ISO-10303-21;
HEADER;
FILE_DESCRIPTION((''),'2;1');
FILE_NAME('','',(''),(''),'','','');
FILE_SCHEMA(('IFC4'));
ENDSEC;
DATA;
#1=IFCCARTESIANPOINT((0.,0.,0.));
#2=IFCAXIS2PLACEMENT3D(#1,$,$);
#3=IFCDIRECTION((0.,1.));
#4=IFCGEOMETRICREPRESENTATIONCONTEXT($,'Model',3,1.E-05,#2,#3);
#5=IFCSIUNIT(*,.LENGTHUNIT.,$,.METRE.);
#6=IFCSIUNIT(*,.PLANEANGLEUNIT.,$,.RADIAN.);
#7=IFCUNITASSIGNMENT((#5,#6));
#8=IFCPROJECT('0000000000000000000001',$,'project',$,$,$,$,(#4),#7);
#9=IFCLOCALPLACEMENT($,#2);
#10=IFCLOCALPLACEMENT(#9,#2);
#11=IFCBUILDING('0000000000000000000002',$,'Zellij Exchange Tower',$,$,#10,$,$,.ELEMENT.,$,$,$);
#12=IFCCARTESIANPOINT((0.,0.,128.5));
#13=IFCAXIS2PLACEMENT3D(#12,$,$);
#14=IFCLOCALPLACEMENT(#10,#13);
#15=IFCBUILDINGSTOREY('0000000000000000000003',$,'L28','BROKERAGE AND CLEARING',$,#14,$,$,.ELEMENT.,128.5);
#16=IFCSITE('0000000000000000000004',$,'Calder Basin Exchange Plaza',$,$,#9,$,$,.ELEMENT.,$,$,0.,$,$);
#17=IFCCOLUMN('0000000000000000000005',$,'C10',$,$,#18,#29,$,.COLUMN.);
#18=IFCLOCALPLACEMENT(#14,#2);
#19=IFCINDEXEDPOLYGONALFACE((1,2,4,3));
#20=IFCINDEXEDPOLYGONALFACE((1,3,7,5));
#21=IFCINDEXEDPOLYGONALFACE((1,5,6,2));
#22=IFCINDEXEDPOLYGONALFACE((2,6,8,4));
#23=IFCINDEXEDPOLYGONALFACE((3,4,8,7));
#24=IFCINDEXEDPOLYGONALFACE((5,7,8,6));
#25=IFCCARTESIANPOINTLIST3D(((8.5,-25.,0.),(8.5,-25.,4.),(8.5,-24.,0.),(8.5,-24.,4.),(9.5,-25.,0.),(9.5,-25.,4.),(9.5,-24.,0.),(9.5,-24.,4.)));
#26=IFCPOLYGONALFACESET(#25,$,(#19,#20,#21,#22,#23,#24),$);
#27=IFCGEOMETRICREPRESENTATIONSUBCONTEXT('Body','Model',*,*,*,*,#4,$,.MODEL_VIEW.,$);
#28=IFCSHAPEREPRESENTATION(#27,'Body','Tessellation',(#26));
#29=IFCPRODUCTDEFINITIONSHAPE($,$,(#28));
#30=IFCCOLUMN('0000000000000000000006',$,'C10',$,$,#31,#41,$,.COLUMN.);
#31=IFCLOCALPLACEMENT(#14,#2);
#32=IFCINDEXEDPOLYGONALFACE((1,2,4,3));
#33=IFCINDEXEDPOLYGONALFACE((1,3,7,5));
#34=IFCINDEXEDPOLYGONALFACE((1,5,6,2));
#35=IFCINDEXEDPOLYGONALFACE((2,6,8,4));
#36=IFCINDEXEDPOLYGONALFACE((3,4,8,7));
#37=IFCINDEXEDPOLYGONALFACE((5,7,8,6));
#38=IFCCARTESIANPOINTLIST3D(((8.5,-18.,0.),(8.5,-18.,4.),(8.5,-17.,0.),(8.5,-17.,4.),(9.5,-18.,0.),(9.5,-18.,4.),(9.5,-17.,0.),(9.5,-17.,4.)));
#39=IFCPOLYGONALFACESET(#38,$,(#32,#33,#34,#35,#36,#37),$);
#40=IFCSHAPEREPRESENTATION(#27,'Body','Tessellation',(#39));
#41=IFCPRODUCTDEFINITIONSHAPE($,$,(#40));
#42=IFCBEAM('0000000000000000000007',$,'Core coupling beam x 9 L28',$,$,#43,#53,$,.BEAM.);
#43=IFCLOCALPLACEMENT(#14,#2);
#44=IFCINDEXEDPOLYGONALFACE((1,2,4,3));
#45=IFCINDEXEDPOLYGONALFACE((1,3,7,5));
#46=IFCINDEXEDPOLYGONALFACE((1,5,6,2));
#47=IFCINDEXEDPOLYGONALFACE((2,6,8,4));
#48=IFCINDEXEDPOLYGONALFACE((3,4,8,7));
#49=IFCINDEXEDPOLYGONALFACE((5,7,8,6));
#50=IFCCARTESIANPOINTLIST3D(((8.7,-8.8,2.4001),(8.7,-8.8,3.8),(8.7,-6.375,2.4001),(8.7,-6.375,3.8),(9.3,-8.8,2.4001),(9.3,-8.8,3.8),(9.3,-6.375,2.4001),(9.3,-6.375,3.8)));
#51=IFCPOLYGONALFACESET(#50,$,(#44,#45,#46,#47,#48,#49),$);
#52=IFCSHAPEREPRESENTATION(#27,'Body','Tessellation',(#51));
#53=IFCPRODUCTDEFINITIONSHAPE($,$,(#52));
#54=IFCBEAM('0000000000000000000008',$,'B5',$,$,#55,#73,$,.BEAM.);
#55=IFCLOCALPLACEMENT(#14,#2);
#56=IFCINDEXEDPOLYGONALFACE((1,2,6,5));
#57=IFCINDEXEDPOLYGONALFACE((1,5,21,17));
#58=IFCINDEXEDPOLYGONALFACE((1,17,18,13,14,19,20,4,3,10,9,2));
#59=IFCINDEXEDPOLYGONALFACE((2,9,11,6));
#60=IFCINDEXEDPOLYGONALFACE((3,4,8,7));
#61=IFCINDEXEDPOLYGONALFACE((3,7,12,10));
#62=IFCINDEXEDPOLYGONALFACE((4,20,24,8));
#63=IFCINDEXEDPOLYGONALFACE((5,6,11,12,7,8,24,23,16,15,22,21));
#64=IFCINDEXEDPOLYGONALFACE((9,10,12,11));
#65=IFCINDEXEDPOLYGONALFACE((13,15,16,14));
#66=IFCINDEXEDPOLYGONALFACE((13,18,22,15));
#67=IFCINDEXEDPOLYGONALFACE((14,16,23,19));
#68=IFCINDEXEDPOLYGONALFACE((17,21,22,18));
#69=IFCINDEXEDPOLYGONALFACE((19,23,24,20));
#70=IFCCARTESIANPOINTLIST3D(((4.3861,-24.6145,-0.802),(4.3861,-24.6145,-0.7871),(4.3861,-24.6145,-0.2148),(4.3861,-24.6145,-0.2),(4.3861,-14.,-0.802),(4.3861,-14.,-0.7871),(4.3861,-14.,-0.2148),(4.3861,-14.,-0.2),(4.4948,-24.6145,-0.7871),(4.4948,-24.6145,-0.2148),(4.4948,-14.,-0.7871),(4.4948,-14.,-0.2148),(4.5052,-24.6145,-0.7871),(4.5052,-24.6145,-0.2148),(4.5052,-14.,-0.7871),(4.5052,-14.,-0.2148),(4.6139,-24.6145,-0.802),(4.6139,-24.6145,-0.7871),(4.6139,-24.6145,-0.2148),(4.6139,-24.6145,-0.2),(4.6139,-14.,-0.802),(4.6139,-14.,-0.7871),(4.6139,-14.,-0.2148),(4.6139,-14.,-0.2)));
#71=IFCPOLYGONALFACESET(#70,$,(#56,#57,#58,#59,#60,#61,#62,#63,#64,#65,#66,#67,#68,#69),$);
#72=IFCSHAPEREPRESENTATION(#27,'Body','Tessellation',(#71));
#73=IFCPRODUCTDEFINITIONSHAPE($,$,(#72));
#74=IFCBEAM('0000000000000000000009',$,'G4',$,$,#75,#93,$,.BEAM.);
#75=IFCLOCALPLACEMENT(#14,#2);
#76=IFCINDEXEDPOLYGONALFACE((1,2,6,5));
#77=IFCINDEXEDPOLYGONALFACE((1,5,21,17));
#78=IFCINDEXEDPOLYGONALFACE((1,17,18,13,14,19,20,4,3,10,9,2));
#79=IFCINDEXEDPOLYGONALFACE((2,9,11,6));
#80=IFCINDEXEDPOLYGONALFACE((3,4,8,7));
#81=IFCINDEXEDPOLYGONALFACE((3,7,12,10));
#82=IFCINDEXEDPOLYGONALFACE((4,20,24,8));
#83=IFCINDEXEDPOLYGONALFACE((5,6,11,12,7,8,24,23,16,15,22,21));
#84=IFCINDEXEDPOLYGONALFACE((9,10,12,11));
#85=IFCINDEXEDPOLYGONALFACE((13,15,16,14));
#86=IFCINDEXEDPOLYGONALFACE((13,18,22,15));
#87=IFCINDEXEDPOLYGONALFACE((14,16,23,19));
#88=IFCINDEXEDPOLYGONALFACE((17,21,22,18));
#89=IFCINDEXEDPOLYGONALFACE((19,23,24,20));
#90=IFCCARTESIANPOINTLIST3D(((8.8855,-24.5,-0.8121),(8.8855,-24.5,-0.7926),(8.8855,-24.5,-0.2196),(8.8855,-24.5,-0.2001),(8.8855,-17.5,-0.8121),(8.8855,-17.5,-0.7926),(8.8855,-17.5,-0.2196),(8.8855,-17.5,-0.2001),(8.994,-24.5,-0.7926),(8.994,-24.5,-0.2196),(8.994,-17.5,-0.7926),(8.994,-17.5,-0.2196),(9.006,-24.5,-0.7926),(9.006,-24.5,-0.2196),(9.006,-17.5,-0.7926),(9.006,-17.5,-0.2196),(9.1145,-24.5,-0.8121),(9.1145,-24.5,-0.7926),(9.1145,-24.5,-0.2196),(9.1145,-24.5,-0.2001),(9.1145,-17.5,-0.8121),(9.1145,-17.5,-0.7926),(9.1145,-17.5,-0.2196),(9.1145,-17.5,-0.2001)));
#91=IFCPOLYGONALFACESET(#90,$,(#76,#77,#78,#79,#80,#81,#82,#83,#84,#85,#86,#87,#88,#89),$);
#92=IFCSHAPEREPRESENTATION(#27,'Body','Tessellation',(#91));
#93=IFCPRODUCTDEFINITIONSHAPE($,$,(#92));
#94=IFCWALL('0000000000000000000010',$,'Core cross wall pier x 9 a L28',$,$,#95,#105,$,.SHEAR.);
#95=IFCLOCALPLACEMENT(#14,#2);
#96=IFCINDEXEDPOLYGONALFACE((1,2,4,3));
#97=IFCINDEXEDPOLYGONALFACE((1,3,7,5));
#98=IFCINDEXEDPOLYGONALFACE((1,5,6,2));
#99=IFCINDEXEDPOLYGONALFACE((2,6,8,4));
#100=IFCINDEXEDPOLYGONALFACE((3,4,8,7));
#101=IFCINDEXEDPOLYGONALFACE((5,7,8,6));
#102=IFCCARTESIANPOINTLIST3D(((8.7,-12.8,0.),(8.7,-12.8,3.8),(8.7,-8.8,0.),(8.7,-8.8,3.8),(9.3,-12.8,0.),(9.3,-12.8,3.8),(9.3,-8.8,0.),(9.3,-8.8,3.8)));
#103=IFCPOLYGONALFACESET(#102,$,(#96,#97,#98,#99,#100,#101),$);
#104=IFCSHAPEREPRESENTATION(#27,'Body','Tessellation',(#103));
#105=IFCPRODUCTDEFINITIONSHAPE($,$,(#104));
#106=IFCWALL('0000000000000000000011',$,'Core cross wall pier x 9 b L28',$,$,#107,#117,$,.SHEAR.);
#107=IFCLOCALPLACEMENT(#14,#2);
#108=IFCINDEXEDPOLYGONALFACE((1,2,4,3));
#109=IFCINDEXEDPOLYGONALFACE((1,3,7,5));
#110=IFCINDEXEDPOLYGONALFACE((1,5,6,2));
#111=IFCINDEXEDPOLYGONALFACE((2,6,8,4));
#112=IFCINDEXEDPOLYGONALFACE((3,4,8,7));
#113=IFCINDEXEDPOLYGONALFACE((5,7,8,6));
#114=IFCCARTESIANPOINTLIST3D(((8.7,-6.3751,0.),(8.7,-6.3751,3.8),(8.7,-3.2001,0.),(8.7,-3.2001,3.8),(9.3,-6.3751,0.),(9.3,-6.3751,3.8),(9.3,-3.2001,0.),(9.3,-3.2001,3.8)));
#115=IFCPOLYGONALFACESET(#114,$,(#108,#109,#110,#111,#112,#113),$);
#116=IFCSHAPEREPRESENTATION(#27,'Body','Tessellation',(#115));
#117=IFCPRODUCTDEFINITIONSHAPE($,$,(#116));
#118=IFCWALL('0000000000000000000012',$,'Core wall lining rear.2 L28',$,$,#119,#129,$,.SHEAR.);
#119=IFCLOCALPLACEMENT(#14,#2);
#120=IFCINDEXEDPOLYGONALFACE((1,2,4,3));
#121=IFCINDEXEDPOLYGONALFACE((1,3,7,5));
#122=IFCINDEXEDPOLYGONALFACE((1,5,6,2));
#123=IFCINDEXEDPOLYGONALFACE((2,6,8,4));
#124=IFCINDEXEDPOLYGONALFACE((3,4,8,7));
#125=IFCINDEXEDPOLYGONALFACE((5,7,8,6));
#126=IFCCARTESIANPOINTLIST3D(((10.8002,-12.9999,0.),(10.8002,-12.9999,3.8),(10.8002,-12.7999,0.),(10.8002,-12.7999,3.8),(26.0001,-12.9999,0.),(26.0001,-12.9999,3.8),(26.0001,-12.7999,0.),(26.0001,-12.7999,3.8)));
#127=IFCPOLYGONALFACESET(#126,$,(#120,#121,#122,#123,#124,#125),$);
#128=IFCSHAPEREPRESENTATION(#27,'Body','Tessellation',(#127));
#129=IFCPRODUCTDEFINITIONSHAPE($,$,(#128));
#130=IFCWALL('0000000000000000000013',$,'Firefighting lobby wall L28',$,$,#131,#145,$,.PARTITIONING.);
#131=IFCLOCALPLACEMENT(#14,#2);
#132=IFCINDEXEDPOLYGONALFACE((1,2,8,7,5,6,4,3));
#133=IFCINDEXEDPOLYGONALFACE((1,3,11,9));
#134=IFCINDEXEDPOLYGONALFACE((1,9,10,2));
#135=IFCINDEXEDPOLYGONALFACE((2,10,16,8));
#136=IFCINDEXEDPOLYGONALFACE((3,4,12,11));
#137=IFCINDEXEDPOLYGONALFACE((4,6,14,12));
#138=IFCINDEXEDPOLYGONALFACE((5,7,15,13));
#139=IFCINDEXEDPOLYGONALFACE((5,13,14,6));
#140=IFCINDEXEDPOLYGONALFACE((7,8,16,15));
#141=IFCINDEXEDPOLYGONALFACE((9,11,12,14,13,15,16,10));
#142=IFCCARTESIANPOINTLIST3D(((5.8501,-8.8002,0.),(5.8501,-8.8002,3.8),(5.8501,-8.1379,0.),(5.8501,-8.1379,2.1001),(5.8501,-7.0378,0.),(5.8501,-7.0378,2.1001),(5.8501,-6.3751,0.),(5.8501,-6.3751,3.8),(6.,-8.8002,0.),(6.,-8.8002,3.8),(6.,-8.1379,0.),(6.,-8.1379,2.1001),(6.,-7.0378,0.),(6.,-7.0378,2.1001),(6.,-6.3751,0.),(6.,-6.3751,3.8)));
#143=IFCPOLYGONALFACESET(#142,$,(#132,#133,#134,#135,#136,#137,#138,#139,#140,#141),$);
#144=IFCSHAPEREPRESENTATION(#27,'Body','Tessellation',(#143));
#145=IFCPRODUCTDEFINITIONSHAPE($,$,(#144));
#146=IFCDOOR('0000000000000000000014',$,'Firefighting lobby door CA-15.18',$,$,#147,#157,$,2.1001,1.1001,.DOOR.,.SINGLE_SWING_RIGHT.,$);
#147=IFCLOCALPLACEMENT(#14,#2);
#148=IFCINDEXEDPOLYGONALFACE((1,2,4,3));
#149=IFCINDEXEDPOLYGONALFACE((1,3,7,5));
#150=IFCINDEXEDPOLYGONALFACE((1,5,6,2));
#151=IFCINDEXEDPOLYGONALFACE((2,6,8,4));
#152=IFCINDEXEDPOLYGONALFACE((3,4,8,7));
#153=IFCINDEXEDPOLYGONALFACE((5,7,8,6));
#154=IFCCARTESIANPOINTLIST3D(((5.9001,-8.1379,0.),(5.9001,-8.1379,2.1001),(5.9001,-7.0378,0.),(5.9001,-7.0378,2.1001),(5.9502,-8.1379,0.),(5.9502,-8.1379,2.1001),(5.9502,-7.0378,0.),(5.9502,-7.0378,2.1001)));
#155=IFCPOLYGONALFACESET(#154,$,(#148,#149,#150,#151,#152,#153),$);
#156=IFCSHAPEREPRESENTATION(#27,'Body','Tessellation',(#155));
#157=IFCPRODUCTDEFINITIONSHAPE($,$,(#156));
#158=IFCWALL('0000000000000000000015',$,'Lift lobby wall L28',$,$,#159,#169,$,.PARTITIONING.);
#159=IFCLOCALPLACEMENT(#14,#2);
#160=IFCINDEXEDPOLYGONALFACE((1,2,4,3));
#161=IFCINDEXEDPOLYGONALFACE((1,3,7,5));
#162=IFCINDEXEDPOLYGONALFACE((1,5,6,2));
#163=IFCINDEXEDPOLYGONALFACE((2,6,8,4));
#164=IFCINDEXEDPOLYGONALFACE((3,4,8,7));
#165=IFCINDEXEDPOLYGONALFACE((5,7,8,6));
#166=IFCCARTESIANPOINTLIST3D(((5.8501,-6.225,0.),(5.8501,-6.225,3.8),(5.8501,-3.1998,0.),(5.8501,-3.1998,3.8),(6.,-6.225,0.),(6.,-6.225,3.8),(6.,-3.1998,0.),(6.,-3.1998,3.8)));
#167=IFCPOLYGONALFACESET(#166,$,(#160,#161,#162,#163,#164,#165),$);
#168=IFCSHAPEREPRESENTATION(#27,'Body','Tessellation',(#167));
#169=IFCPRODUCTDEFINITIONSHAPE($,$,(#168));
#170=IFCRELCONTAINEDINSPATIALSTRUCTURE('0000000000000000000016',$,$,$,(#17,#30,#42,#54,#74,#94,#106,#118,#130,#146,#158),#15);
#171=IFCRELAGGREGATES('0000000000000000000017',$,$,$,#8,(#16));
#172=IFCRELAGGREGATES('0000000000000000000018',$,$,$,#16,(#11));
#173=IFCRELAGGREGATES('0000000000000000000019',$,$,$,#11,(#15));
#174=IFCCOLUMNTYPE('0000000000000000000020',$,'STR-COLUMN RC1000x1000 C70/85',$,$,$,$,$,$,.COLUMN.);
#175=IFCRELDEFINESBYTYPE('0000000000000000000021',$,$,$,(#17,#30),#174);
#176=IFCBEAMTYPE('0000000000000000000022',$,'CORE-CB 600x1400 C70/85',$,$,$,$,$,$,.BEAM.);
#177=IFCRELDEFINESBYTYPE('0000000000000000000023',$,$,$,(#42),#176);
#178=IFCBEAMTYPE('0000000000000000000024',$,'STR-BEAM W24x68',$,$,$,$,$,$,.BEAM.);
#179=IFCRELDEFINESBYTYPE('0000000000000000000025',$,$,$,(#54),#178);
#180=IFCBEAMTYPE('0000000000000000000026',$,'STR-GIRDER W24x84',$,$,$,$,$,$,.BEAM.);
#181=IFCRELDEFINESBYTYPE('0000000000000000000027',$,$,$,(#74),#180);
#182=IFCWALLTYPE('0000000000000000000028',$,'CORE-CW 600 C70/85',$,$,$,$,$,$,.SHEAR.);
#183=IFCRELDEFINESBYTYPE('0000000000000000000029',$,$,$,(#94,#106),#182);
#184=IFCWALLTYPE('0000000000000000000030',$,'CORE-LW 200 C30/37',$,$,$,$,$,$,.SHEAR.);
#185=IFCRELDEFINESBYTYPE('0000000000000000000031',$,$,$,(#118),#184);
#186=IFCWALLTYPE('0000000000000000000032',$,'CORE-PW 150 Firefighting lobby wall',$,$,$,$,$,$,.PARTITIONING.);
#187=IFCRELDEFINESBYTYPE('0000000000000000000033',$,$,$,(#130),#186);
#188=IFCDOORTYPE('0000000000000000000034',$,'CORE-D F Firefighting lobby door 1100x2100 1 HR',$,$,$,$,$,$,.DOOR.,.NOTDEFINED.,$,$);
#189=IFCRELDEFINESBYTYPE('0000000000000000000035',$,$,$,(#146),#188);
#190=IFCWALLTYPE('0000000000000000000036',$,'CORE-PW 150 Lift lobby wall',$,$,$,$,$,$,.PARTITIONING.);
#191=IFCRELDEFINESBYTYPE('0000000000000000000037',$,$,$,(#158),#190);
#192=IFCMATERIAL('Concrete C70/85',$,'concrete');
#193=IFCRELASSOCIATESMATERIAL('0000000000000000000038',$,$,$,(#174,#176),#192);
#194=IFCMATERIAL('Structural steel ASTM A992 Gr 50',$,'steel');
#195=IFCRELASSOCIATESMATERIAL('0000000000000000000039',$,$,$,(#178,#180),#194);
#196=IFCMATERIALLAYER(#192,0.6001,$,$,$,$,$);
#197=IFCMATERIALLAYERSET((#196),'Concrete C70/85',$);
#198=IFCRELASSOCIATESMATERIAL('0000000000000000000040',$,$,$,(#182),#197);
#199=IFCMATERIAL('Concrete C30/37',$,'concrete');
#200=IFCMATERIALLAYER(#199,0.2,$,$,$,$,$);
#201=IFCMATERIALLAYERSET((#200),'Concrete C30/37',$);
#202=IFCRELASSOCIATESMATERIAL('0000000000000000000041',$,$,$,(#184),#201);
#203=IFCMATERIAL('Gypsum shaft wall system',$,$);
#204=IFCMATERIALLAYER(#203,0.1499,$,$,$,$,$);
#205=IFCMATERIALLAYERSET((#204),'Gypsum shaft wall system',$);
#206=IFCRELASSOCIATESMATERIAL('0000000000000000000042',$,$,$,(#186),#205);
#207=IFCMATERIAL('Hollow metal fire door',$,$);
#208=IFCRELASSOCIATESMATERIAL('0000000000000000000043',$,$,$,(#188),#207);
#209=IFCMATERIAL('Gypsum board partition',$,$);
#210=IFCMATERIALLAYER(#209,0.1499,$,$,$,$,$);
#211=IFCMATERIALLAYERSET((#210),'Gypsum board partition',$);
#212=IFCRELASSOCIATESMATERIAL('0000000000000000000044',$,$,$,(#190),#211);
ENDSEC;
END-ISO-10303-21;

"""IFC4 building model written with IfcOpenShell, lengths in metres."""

from ifc_helpers import new_model, si_unit, direction, frame, frame_2d, origin, origin_2d, place, context, subcontext, project, spatial, rectangle, i_section, extrude, material, layer, layer_set, material_profile, profile_set, type_object, element, fill, save


model = new_model("IFC4")

# Units and contexts
model_context = context("Model", 3, precision=1e-05, world=origin(), true_north=direction((0.0, 1.0)))
body_context = subcontext(model_context, "Body", "Model", "MODEL_VIEW")
ifc_project = project(units=[si_unit("LENGTHUNIT", "METRE"), si_unit("PLANEANGLEUNIT", "RADIAN")], contexts=[model_context])

# Site, building, storey
site_placement = place(None, origin())
site = spatial("IfcSite", under=ifc_project, at=site_placement, Name="Calder Basin Exchange Plaza", CompositionType="ELEMENT", RefElevation=0.0)
building_placement = place(site_placement, origin())
building = spatial("IfcBuilding", under=site, at=building_placement, Name="Zellij Exchange Tower", CompositionType="ELEMENT")
storey_placement = place(building_placement, frame((0.0, 0.0, 128.5)))
storey = spatial("IfcBuildingStorey", under=building, at=storey_placement, Name="L28", Description="BROKERAGE AND CLEARING", CompositionType="ELEMENT", Elevation=128.5)

# Columns
ifc_material_1 = material(Name="Concrete C70/85", Category="concrete")
ifc_material_profile_1 = material_profile(ifc_material_1, rectangle(XDim=1.0, YDim=1.0, at=origin_2d()), Name="STR-COLUMN RC1000x1000 C70/85")
ifc_profile_set_1 = profile_set([ifc_material_profile_1], Name="Concrete C70/85")
column_type = type_object("IfcColumnType", Name="STR-COLUMN RC1000x1000 C70/85", PredefinedType="COLUMN", material=ifc_profile_set_1)
for number, where, z_axis, x_axis, name in (
    (1, (9.0, -24.5, 0.0), (0.0, 0.0, 1.0), (1.0, 0.0, 0.0), "C10"),
    (2, (9.0, -17.5, 0.0), (0.0, 0.0, 1.0), (1.0, 0.0, 0.0), "C10"),
):
    element("IfcColumn", number, at=place(storey_placement, frame(where, z_axis=z_axis, x_axis=x_axis)), inside=storey, type_object=column_type, Name=name, PredefinedType="COLUMN", context=body_context, shape_type="SweptSolid", body=[
        extrude(rectangle(XDim=1.0, YDim=1.0, at=origin_2d()), origin(), (0.0, 0.0, 1.0), 4.0),
    ])

# Beams
ifc_material_profile_2 = material_profile(ifc_material_1, rectangle(XDim=0.6001, YDim=1.3999, at=origin_2d()), Name="CORE-CB 600x1400 C70/85")
ifc_profile_set_2 = profile_set([ifc_material_profile_2], Name="Concrete C70/85")
beam_type_1 = type_object("IfcBeamType", Name="CORE-CB 600x1400 C70/85", PredefinedType="BEAM", material=ifc_profile_set_2)
beam_1_placement = place(storey_placement, frame((9.0, -8.8, 3.1001), z_axis=(0.0, 1.0, 0.0), x_axis=(-1.0, 0.0, 0.0)))
element("IfcBeam", 3, at=beam_1_placement, inside=storey, type_object=beam_type_1, Name="Core coupling beam x 9 L28", PredefinedType="BEAM", context=body_context, shape_type="SweptSolid", body=[
    extrude(rectangle(XDim=0.6001, YDim=1.3999, at=origin_2d()), origin(), (0.0, 0.0, 1.0), 2.425),
])
ifc_material_2 = material(Name="Structural steel ASTM A992 Gr 50", Category="steel")
ifc_material_profile_3 = material_profile(ifc_material_2, i_section(OverallWidth=0.2278, OverallDepth=0.6021, WebThickness=0.0105, FlangeThickness=0.0149, at=origin_2d()), Name="W24x68")
ifc_profile_set_3 = profile_set([ifc_material_profile_3], Name="Structural steel ASTM A992 Gr 50")
beam_type_2 = type_object("IfcBeamType", Name="STR-BEAM W24x68", PredefinedType="BEAM", material=ifc_profile_set_3)
beam_2_placement = place(storey_placement, frame((4.5, -24.6145, -0.501), z_axis=(0.0, 1.0, 0.0), x_axis=(-1.0, 0.0, 0.0)))
element("IfcBeam", 4, at=beam_2_placement, inside=storey, type_object=beam_type_2, Name="B5", PredefinedType="BEAM", context=body_context, shape_type="SweptSolid", body=[
    extrude(i_section(OverallWidth=0.2278, OverallDepth=0.6021, WebThickness=0.0105, FlangeThickness=0.0149, at=origin_2d()), origin(), (0.0, 0.0, 1.0), 10.6145),
])
ifc_material_profile_4 = material_profile(ifc_material_2, i_section(OverallWidth=0.229, OverallDepth=0.6121, WebThickness=0.012, FlangeThickness=0.0195, at=origin_2d()), Name="W24x84")
ifc_profile_set_4 = profile_set([ifc_material_profile_4], Name="Structural steel ASTM A992 Gr 50")
beam_type_3 = type_object("IfcBeamType", Name="STR-GIRDER W24x84", PredefinedType="BEAM", material=ifc_profile_set_4)
beam_3_placement = place(storey_placement, frame((9.0, -24.5, -0.5061), z_axis=(0.0, 1.0, 0.0), x_axis=(-1.0, 0.0, 0.0)))
element("IfcBeam", 5, at=beam_3_placement, inside=storey, type_object=beam_type_3, Name="G4", PredefinedType="BEAM", context=body_context, shape_type="SweptSolid", body=[
    extrude(i_section(OverallWidth=0.229, OverallDepth=0.6121, WebThickness=0.012, FlangeThickness=0.0195, at=origin_2d()), origin(), (0.0, 0.0, 1.0), 7.0),
])

# Walls
ifc_layer_1 = layer(ifc_material_1, 0.6001)
ifc_layer_set_1 = layer_set([ifc_layer_1], Name="Concrete C70/85")
wall_type_1 = type_object("IfcWallType", Name="CORE-CW 600 C70/85", PredefinedType="SHEAR", material=ifc_layer_set_1)
wall_1_placement = place(storey_placement, frame((9.0, -12.8, 0.0), z_axis=(0.0, 0.0, 1.0), x_axis=(0.0, 1.0, 0.0)))
element("IfcWall", 6, at=wall_1_placement, inside=storey, type_object=wall_type_1, Name="Core cross wall pier x 9 a L28", PredefinedType="SHEAR", context=body_context, shape_type="SweptSolid", body=[
    extrude(rectangle(XDim=4.0, YDim=0.6001, at=frame_2d((2.0, 0.0))), origin(), (0.0, 0.0, 1.0), 3.8),
])
wall_2_placement = place(storey_placement, frame((9.0, -6.375, 0.0), z_axis=(0.0, 0.0, 1.0), x_axis=(0.0, 1.0, 0.0)))
element("IfcWall", 7, at=wall_2_placement, inside=storey, type_object=wall_type_1, Name="Core cross wall pier x 9 b L28", PredefinedType="SHEAR", context=body_context, shape_type="SweptSolid", body=[
    extrude(rectangle(XDim=3.175, YDim=0.6001, at=frame_2d((1.5874, 0.0))), origin(), (0.0, 0.0, 1.0), 3.8),
])
ifc_material_3 = material(Name="Concrete C30/37", Category="concrete")
ifc_layer_2 = layer(ifc_material_3, 0.2)
ifc_layer_set_2 = layer_set([ifc_layer_2], Name="Concrete C30/37")
wall_type_2 = type_object("IfcWallType", Name="CORE-LW 200 C30/37", PredefinedType="SHEAR", material=ifc_layer_set_2)
wall_3_placement = place(storey_placement, frame((10.8, -12.8999, 0.0), z_axis=(0.0, 0.0, 1.0), x_axis=(1.0, 0.0, 0.0)))
element("IfcWall", 8, at=wall_3_placement, inside=storey, type_object=wall_type_2, Name="Core wall lining rear.2 L28", PredefinedType="SHEAR", context=body_context, shape_type="SweptSolid", body=[
    extrude(rectangle(XDim=15.2, YDim=0.2, at=frame_2d((7.6001, 0.0))), origin(), (0.0, 0.0, 1.0), 3.8),
])

# Wall, opening, door
ifc_material_4 = material(Name="Gypsum shaft wall system")
ifc_layer_3 = layer(ifc_material_4, 0.1499)
ifc_layer_set_3 = layer_set([ifc_layer_3], Name="Gypsum shaft wall system")
wall_type_3 = type_object("IfcWallType", Name="CORE-PW 150 Firefighting lobby wall", PredefinedType="PARTITIONING", material=ifc_layer_set_3)
wall_4_placement = place(storey_placement, frame((5.925, -8.8, 0.0), z_axis=(0.0, 0.0, 1.0), x_axis=(0.0, 1.0, 0.0)))
wall_4 = element("IfcWall", 9, at=wall_4_placement, inside=storey, type_object=wall_type_3, Name="Firefighting lobby wall L28", PredefinedType="PARTITIONING", context=body_context, shape_type="SweptSolid", body=[
    extrude(rectangle(XDim=2.425, YDim=0.1499, at=frame_2d((1.2124, 0.0))), origin(), (0.0, 0.0, 1.0), 3.8),
])
opening_1_placement = place(wall_4_placement, frame((0.6621, 0.0, 0.0)))
opening_1 = element("IfcOpeningElement", 10, at=opening_1_placement, cuts=wall_4, PredefinedType="OPENING", context=body_context, shape_type="SweptSolid", body=[
    extrude(rectangle(XDim=1.1001, YDim=2.1001, at=frame_2d((0.55, 1.05))), frame((0.0, 0.0869, 0.0), z_axis=(0.0, -1.0, 0.0), x_axis=(1.0, 0.0, 0.0)), (0.0, 0.0, 1.0), 0.1738),
])
ifc_material_5 = material(Name="Hollow metal fire door")
door_type_1 = type_object("IfcDoorType", Name="CORE-D F Firefighting lobby door 1100x2100 1 HR", OperationType="NOTDEFINED", PredefinedType="DOOR", material=ifc_material_5)
door_1_placement = place(opening_1_placement, origin())
door_1 = element("IfcDoor", 11, at=door_1_placement, inside=storey, type_object=door_type_1, Name="Firefighting lobby door CA-15.18", OperationType="SINGLE_SWING_RIGHT", OverallHeight=2.1001, OverallWidth=1.1001, PredefinedType="DOOR", context=body_context, shape_type="SweptSolid", body=[
    extrude(rectangle(XDim=1.1001, YDim=2.1001, at=frame_2d((0.55, 1.05))), frame((0.0, 0.0249, 0.0), z_axis=(0.0, -1.0, 0.0), x_axis=(1.0, 0.0, 0.0)), (0.0, 0.0, 1.0), 0.05),
])
fill(opening_1, door_1)

# Wall
ifc_material_6 = material(Name="Gypsum board partition")
ifc_layer_4 = layer(ifc_material_6, 0.1499)
ifc_layer_set_4 = layer_set([ifc_layer_4], Name="Gypsum board partition")
wall_type_4 = type_object("IfcWallType", Name="CORE-PW 150 Lift lobby wall", PredefinedType="PARTITIONING", material=ifc_layer_set_4)
wall_5_placement = place(storey_placement, frame((5.925, -6.2251, 0.0), z_axis=(0.0, 0.0, 1.0), x_axis=(0.0, 1.0, 0.0)))
element("IfcWall", 12, at=wall_5_placement, inside=storey, type_object=wall_type_4, Name="Lift lobby wall L28", PredefinedType="PARTITIONING", context=body_context, shape_type="SweptSolid", body=[
    extrude(rectangle(XDim=3.0251, YDim=0.1499, at=frame_2d((1.5127, 0.0))), origin(), (0.0, 0.0, 1.0), 3.8),
])

save(model, "model.ifc")
